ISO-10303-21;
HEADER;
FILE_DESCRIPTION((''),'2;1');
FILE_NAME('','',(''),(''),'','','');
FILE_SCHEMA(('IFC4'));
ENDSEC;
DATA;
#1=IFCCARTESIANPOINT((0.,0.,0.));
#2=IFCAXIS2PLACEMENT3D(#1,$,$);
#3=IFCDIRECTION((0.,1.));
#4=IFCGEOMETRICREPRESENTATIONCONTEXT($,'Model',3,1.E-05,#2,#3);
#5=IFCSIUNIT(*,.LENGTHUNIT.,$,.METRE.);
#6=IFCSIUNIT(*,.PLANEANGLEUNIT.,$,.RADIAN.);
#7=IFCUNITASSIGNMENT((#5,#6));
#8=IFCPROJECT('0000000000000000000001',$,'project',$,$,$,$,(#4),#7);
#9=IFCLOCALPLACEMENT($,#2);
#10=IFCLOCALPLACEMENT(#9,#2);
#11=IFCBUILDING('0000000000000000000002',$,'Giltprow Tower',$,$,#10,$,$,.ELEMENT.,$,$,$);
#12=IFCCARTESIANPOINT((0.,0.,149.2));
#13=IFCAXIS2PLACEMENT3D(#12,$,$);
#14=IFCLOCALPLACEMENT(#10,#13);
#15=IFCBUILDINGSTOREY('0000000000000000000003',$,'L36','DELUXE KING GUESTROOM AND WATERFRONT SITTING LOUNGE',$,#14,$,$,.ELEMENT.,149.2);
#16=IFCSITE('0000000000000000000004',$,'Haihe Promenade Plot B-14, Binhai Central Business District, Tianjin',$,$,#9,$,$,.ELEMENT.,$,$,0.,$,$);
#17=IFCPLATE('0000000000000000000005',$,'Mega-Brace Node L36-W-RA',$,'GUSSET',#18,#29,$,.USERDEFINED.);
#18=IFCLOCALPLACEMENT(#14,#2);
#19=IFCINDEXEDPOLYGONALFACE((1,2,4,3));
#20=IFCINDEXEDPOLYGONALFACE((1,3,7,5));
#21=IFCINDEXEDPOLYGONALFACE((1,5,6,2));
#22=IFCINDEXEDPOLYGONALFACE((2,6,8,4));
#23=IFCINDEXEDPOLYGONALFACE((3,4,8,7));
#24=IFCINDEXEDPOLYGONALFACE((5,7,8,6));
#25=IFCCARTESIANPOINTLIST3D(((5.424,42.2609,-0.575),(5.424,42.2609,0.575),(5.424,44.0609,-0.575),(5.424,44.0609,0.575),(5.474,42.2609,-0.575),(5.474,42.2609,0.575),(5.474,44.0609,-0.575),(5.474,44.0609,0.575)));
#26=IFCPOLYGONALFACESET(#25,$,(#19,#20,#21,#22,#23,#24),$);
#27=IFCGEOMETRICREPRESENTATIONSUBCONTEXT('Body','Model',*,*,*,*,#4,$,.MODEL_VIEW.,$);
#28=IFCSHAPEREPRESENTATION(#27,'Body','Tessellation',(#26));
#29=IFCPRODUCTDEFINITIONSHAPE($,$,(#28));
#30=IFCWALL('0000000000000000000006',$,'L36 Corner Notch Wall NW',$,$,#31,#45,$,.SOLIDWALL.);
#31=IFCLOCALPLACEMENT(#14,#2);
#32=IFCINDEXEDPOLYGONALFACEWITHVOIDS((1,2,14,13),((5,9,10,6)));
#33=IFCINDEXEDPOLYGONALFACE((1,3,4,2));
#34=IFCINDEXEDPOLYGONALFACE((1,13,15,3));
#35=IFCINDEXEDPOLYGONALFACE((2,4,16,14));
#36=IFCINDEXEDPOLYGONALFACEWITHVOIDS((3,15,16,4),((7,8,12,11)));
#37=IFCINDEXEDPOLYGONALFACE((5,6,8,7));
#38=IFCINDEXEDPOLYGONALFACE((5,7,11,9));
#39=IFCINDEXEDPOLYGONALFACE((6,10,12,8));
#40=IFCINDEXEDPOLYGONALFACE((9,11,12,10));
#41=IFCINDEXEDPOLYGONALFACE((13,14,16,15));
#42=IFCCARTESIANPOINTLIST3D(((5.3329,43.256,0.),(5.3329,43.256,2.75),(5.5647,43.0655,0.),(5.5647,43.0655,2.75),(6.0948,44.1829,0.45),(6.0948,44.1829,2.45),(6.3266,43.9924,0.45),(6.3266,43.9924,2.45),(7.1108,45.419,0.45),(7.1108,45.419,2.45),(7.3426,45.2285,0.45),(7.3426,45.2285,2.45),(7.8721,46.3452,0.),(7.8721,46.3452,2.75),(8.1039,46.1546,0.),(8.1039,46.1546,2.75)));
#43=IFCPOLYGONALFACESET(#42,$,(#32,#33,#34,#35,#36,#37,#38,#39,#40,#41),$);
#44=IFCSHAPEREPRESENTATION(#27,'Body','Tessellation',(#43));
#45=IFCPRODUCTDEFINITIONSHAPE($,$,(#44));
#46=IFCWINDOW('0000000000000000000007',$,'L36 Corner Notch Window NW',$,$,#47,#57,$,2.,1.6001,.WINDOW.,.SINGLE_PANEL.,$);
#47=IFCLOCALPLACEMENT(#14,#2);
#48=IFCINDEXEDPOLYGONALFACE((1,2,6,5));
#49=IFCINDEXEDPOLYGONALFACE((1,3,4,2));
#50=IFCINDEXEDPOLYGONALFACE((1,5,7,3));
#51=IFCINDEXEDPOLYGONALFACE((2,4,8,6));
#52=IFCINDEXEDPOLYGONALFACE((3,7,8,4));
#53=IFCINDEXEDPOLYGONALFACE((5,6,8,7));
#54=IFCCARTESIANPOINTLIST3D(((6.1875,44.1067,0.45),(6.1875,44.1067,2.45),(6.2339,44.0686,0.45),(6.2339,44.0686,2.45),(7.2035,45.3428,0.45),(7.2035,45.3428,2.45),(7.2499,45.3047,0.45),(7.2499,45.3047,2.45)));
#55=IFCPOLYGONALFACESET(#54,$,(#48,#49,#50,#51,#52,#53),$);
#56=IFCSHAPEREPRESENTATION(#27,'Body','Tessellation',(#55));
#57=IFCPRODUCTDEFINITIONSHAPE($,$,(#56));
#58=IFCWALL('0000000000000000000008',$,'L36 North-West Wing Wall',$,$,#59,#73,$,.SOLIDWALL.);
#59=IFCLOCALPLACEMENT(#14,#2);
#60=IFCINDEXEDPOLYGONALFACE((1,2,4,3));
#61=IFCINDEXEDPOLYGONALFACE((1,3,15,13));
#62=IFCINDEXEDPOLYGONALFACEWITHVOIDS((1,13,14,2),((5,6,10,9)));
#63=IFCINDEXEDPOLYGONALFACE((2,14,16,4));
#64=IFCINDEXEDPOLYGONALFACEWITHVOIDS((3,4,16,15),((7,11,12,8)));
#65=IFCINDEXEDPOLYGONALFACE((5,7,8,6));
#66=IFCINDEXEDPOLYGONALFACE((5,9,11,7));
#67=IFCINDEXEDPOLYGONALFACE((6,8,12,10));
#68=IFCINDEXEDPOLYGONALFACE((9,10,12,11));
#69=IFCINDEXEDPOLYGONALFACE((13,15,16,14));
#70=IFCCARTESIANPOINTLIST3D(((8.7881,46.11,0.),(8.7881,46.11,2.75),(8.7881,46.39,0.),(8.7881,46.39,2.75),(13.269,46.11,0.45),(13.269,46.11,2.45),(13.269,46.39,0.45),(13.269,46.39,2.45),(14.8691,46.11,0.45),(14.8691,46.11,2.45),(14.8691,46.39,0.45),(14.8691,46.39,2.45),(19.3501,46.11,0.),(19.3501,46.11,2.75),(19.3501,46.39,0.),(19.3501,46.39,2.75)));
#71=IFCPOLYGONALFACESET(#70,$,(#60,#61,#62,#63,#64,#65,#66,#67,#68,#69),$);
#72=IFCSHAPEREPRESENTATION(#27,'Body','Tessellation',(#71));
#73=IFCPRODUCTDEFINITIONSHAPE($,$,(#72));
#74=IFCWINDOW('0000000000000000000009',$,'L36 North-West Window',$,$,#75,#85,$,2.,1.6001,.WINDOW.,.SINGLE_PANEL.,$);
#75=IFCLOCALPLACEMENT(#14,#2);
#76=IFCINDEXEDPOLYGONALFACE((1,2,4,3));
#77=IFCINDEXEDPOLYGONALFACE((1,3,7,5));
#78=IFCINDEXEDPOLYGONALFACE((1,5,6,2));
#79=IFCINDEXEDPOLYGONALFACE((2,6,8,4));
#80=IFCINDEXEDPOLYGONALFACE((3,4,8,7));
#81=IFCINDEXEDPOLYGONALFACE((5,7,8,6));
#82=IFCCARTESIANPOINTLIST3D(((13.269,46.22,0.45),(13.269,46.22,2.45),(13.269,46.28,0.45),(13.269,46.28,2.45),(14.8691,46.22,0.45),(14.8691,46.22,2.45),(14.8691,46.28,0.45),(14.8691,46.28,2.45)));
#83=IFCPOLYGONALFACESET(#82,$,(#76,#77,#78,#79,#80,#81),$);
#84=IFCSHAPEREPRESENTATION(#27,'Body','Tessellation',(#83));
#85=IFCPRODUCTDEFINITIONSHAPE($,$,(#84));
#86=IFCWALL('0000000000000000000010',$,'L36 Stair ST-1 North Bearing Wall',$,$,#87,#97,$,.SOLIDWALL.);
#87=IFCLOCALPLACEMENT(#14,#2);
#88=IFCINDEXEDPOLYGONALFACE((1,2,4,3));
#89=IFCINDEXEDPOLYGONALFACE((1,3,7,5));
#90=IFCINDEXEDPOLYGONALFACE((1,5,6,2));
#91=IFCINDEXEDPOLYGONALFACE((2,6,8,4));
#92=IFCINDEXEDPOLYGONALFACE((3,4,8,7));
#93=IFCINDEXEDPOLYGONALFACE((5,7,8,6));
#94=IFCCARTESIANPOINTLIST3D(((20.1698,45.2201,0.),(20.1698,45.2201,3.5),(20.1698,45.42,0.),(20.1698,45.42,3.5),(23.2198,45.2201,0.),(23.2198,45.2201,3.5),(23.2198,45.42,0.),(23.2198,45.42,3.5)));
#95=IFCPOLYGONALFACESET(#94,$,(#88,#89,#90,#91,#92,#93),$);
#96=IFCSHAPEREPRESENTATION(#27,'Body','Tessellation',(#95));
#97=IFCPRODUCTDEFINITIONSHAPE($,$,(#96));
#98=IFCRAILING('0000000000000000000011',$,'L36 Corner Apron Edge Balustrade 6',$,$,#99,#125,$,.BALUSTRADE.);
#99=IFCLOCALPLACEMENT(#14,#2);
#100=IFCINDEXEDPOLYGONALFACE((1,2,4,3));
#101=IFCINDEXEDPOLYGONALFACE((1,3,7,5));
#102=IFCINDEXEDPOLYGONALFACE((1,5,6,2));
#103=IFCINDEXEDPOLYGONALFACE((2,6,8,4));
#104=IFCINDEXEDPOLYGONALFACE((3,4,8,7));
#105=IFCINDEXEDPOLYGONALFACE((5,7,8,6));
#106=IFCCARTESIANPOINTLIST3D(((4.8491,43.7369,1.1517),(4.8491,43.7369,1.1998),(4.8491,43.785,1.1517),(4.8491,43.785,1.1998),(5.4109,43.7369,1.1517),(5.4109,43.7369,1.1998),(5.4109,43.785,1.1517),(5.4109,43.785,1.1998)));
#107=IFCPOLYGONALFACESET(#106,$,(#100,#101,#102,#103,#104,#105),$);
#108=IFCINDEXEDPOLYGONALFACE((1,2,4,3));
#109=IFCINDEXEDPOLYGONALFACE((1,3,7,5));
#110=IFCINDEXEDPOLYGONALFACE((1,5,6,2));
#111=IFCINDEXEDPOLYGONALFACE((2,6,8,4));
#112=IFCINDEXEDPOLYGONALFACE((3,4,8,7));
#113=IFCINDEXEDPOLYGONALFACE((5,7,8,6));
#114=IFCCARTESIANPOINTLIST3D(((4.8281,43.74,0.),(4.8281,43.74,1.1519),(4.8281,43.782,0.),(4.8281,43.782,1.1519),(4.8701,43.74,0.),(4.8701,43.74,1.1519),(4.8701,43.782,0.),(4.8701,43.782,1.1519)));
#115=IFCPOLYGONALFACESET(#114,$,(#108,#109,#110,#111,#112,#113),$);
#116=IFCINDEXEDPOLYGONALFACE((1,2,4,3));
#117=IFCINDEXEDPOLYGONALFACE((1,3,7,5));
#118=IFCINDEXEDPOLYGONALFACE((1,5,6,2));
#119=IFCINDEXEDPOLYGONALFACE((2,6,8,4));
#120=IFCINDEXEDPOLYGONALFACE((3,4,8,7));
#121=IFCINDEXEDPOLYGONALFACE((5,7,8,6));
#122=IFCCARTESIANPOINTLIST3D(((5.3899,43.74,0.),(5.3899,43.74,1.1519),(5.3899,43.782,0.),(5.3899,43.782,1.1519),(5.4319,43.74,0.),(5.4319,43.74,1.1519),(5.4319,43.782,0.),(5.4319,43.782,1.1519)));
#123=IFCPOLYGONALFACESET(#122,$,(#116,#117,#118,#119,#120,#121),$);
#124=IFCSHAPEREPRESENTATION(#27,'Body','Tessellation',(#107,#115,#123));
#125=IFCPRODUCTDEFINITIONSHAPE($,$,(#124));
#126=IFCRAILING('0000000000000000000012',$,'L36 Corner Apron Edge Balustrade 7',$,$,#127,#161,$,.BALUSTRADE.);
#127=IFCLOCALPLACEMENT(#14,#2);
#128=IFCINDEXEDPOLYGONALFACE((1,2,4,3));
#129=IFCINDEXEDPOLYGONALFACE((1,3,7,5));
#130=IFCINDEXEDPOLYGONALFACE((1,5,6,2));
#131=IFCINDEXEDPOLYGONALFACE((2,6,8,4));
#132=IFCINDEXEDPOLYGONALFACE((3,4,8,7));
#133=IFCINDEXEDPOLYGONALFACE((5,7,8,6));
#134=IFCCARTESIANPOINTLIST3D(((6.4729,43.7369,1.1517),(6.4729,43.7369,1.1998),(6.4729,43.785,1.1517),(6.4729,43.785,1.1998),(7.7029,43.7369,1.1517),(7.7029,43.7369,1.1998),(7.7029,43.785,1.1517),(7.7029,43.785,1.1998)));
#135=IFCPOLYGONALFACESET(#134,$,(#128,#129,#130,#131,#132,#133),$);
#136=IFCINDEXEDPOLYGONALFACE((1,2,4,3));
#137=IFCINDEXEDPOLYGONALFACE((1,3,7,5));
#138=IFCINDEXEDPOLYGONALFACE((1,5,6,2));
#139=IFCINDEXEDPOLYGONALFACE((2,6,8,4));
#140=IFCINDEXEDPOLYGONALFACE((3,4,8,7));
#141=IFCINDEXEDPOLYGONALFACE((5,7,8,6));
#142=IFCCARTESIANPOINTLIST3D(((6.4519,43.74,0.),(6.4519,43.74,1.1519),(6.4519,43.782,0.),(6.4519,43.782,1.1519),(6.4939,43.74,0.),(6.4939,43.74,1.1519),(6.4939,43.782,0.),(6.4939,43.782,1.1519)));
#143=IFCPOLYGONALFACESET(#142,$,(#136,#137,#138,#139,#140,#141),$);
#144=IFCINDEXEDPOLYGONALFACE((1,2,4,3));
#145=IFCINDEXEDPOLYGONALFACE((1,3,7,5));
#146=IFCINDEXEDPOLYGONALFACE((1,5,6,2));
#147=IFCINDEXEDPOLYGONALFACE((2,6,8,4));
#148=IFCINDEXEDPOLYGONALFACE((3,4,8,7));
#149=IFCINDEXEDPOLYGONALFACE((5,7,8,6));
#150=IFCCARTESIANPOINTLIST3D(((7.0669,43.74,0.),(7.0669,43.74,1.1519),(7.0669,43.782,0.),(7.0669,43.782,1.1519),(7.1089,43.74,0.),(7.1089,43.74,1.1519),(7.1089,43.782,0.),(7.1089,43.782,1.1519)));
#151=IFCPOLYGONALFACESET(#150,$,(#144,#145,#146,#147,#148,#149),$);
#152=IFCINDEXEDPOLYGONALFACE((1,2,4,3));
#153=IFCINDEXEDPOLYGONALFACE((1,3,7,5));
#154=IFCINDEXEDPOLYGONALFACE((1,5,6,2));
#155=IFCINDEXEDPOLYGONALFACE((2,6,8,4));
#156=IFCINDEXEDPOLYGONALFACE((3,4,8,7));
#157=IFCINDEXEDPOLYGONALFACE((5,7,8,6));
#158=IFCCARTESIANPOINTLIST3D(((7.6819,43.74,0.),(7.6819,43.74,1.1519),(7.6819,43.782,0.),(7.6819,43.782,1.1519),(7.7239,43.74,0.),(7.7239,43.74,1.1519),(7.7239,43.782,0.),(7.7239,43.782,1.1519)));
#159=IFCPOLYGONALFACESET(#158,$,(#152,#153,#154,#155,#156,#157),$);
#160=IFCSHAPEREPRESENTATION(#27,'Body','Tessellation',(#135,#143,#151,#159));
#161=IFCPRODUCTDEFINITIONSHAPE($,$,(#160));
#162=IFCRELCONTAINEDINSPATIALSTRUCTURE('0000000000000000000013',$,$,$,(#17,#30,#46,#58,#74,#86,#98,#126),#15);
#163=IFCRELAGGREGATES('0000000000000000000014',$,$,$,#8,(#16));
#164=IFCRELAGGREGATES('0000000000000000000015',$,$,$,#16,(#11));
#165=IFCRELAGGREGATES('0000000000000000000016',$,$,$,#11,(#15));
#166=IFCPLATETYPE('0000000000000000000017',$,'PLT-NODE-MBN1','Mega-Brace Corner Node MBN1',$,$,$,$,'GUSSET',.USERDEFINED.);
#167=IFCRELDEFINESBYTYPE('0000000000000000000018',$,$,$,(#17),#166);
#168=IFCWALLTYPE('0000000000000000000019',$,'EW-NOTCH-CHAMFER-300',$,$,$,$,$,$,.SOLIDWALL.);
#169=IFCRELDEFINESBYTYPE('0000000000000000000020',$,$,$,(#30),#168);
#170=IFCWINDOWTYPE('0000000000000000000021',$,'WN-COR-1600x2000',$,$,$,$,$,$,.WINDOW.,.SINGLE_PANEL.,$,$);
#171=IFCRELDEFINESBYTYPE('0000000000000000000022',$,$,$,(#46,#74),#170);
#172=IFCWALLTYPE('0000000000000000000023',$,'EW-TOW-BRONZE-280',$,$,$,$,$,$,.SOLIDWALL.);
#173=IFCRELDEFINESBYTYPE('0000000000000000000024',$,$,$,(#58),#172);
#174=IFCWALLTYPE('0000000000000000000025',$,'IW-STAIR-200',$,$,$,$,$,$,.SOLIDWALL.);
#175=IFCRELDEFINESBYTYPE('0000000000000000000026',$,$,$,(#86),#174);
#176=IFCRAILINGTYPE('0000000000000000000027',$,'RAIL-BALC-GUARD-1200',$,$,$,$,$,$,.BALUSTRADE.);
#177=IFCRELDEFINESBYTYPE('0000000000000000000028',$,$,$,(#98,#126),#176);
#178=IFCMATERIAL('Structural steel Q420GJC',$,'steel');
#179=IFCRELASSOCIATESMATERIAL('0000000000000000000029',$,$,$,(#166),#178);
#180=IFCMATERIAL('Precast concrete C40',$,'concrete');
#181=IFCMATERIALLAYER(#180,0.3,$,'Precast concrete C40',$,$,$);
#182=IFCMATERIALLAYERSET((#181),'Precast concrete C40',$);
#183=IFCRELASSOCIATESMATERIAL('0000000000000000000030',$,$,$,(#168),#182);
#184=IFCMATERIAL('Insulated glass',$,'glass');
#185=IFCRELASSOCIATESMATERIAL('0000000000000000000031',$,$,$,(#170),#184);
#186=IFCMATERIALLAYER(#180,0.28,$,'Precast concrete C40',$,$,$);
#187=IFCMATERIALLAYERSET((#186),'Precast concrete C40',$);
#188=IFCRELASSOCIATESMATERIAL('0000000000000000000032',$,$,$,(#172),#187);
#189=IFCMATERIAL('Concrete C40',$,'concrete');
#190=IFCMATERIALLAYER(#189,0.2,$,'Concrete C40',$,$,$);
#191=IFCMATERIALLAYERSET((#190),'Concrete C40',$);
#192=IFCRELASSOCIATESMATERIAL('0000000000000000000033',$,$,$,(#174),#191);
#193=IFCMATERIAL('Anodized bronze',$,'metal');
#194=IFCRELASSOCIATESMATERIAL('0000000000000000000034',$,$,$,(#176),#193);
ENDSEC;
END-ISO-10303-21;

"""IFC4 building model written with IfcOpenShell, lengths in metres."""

from ifc_helpers import new_model, si_unit, direction, frame, frame_2d, origin, origin_2d, place, context, subcontext, project, spatial, rectangle, extrude, source, transform, mapped, material, layer, layer_set, type_object, element, fill, save


model = new_model("IFC4")

# Units and contexts
model_context = context("Model", 3, precision=1e-05, world=origin(), true_north=direction((0.0, 1.0)))
body_context = subcontext(model_context, "Body", "Model", "MODEL_VIEW")
ifc_project = project(units=[si_unit("LENGTHUNIT", "METRE"), si_unit("PLANEANGLEUNIT", "RADIAN")], contexts=[model_context])

# Site, building, storey
site_placement = place(None, origin())
site = spatial("IfcSite", under=ifc_project, at=site_placement, Name="Haihe Promenade Plot B-14, Binhai Central Business District, Tianjin", CompositionType="ELEMENT", RefElevation=0.0)
building_placement = place(site_placement, origin())
building = spatial("IfcBuilding", under=site, at=building_placement, Name="Giltprow Tower", CompositionType="ELEMENT")
storey_placement = place(building_placement, frame((0.0, 0.0, 149.2)))
storey = spatial("IfcBuildingStorey", under=building, at=storey_placement, Name="L36", Description="DELUXE KING GUESTROOM AND WATERFRONT SITTING LOUNGE", CompositionType="ELEMENT", Elevation=149.2)

# Shared definitions
ifc_material_1 = material(Name="Structural steel Q420GJC", Category="steel")

# Plate
plate_type = type_object("IfcPlateType", Name="PLT-NODE-MBN1", Description="Mega-Brace Corner Node MBN1", ElementType="GUSSET", PredefinedType="USERDEFINED", material=ifc_material_1)
shared_shape_1 = source(origin(), body_context, "Body", "SweptSolid", [
    extrude(rectangle(XDim=1.8, YDim=0.05, at=origin_2d()), origin(), (0.0, 0.0, 1.0), 1.1499),
])
for number, where, z_axis, x_axis, name in (
    (1, (5.449, 43.1609, -0.575), (0.0, 0.0, 1.0), (0.0, 1.0, 0.0), "Mega-Brace Node L36-W-RA"),
):
    element("IfcPlate", number, at=place(storey_placement, frame(where, z_axis=z_axis, x_axis=x_axis)), inside=storey, type_object=plate_type, Name=name, ObjectType="GUSSET", PredefinedType="USERDEFINED", context=body_context, shape_type="MappedRepresentation", body=[
        mapped(shared_shape_1, transform((0.0, 0.0, 0.0), x_axis=(1.0, 0.0, 0.0), y_axis=(0.0, 1.0, 0.0), z_axis=(0.0, 0.0, 1.0), scale=1.0)),
    ])

# Walls, openings, windows
ifc_material_2 = material(Name="Precast concrete C40", Category="concrete")
ifc_layer_1 = layer(ifc_material_2, 0.3, Name="Precast concrete C40")
ifc_layer_set_1 = layer_set([ifc_layer_1], Name="Precast concrete C40")
wall_type_1 = type_object("IfcWallType", Name="EW-NOTCH-CHAMFER-300", PredefinedType="SOLIDWALL", material=ifc_layer_set_1)
wall_1_placement = place(storey_placement, frame((7.988, 46.25, 0.0), z_axis=(0.0, 0.0, 1.0), x_axis=(-0.634975, -0.772533, 0.0)))
wall_1 = element("IfcWall", 2, at=wall_1_placement, inside=storey, type_object=wall_type_1, Name="L36 Corner Notch Wall NW", PredefinedType="SOLIDWALL", context=body_context, shape_type="SweptSolid", body=[
    extrude(rectangle(XDim=3.9988, YDim=0.3, at=frame_2d((1.9995, 0.0))), origin(), (0.0, 0.0, 1.0), 2.75),
])
opening_1_placement = place(wall_1_placement, frame((1.199, 0.0, 0.45)))
opening_1 = element("IfcOpeningElement", 3, at=opening_1_placement, cuts=wall_1, PredefinedType="OPENING", context=body_context, shape_type="SweptSolid", body=[
    extrude(rectangle(XDim=1.6001, YDim=2.0, at=frame_2d((0.8, 1.0))), frame((0.0, 0.1599, 0.0), z_axis=(0.0, -1.0, 0.0), x_axis=(1.0, 0.0, 0.0)), (0.0, 0.0, 1.0), 0.3201),
])
ifc_material_3 = material(Name="Insulated glass", Category="glass")
window_type = type_object("IfcWindowType", Name="WN-COR-1600x2000", PartitioningType="SINGLE_PANEL", PredefinedType="WINDOW", material=ifc_material_3)
shared_shape_2 = source(origin(), body_context, "Body", "SweptSolid", [
    extrude(rectangle(XDim=1.6001, YDim=2.0, at=frame_2d((0.8, 1.0))), frame((0.0, 0.03, 0.0), z_axis=(0.0, -1.0, 0.0), x_axis=(1.0, 0.0, 0.0)), (0.0, 0.0, 1.0), 0.0601),
])
window_1_placement = place(opening_1_placement, origin())
window_1 = element("IfcWindow", 4, at=window_1_placement, inside=storey, type_object=window_type, Name="L36 Corner Notch Window NW", OverallHeight=2.0, OverallWidth=1.6001, PartitioningType="SINGLE_PANEL", PredefinedType="WINDOW", context=body_context, shape_type="MappedRepresentation", body=[
    mapped(shared_shape_2, transform((0.0, 0.0, 0.0), x_axis=(1.0, 0.0, 0.0), y_axis=(0.0, 1.0, 0.0), z_axis=(0.0, 0.0, 1.0), scale=1.0)),
])
fill(opening_1, window_1)
ifc_layer_2 = layer(ifc_material_2, 0.28, Name="Precast concrete C40")
ifc_layer_set_2 = layer_set([ifc_layer_2], Name="Precast concrete C40")
wall_type_2 = type_object("IfcWallType", Name="EW-TOW-BRONZE-280", PredefinedType="SOLIDWALL", material=ifc_layer_set_2)
wall_2_placement = place(storey_placement, frame((8.7881, 46.25, 0.0), z_axis=(0.0, 0.0, 1.0), x_axis=(1.0, 0.0, 0.0)))
wall_2 = element("IfcWall", 5, at=wall_2_placement, inside=storey, type_object=wall_type_2, Name="L36 North-West Wing Wall", PredefinedType="SOLIDWALL", context=body_context, shape_type="SweptSolid", body=[
    extrude(rectangle(XDim=10.562, YDim=0.28, at=frame_2d((5.281, 0.0))), origin(), (0.0, 0.0, 1.0), 2.75),
])
opening_2_placement = place(wall_2_placement, frame((4.481, 0.0, 0.45)))
opening_2 = element("IfcOpeningElement", 6, at=opening_2_placement, cuts=wall_2, PredefinedType="OPENING", context=body_context, shape_type="SweptSolid", body=[
    extrude(rectangle(XDim=1.6001, YDim=2.0, at=frame_2d((0.8, 1.0))), frame((0.0, 0.1499, 0.0), z_axis=(0.0, -1.0, 0.0), x_axis=(1.0, 0.0, 0.0)), (0.0, 0.0, 1.0), 0.3),
])
window_2_placement = place(opening_2_placement, origin())
window_2 = element("IfcWindow", 7, at=window_2_placement, inside=storey, type_object=window_type, Name="L36 North-West Window", OverallHeight=2.0, OverallWidth=1.6001, PartitioningType="SINGLE_PANEL", PredefinedType="WINDOW", context=body_context, shape_type="MappedRepresentation", body=[
    mapped(shared_shape_2, transform((0.0, 0.0, 0.0), x_axis=(1.0, 0.0, 0.0), y_axis=(0.0, 1.0, 0.0), z_axis=(0.0, 0.0, 1.0), scale=1.0)),
])
fill(opening_2, window_2)

# Wall
ifc_material_4 = material(Name="Concrete C40", Category="concrete")
ifc_layer_3 = layer(ifc_material_4, 0.2, Name="Concrete C40")
ifc_layer_set_3 = layer_set([ifc_layer_3], Name="Concrete C40")
wall_type_3 = type_object("IfcWallType", Name="IW-STAIR-200", PredefinedType="SOLIDWALL", material=ifc_layer_set_3)
wall_3_placement = place(storey_placement, frame((20.1699, 45.3201, 0.0), z_axis=(0.0, 0.0, 1.0), x_axis=(1.0, 0.0, 0.0)))
element("IfcWall", 8, at=wall_3_placement, inside=storey, type_object=wall_type_3, Name="L36 Stair ST-1 North Bearing Wall", PredefinedType="SOLIDWALL", context=body_context, shape_type="SweptSolid", body=[
    extrude(rectangle(XDim=3.05, YDim=0.2, at=frame_2d((1.5249, 0.0))), origin(), (0.0, 0.0, 1.0), 3.5),
])

# Railings
ifc_material_5 = material(Name="Anodized bronze", Category="metal")
railing_type_1 = type_object("IfcRailingType", Name="RAIL-BALC-GUARD-1200", PredefinedType="BALUSTRADE", material=ifc_material_5)
railing_1_placement = place(storey_placement, frame((4.8491, 43.761, 0.0)))
element("IfcRailing", 9, at=railing_1_placement, inside=storey, type_object=railing_type_1, Name="L36 Corner Apron Edge Balustrade 6", PredefinedType="BALUSTRADE", context=body_context, shape_type="SweptSolid", body=[
    extrude(rectangle(XDim=0.0481, YDim=0.0481, at=origin_2d()), frame((0.0, 0.0, 1.1758), z_axis=(1.0, 0.0, 0.0), x_axis=(0.0, 1.0, 0.0)), (0.0, 0.0, 1.0), 0.5618),
    extrude(rectangle(XDim=0.042, YDim=0.042, at=origin_2d()), origin(), (0.0, 0.0, 1.0), 1.1519),
    extrude(rectangle(XDim=0.042, YDim=0.042, at=origin_2d()), frame((0.5618, 0.0, 0.0)), (0.0, 0.0, 1.0), 1.1519),
])
railing_2_placement = place(storey_placement, frame((6.4729, 43.761, 0.0)))
element("IfcRailing", 10, at=railing_2_placement, inside=storey, type_object=railing_type_1, Name="L36 Corner Apron Edge Balustrade 7", PredefinedType="BALUSTRADE", context=body_context, shape_type="SweptSolid", body=[
    extrude(rectangle(XDim=0.0481, YDim=0.0481, at=origin_2d()), frame((0.0, 0.0, 1.1758), z_axis=(1.0, 0.0, 0.0), x_axis=(0.0, 1.0, 0.0)), (0.0, 0.0, 1.0), 1.23),
    extrude(rectangle(XDim=0.042, YDim=0.042, at=origin_2d()), origin(), (0.0, 0.0, 1.0), 1.1519),
    extrude(rectangle(XDim=0.042, YDim=0.042, at=origin_2d()), frame((0.615, 0.0, 0.0)), (0.0, 0.0, 1.0), 1.1519),
    extrude(rectangle(XDim=0.042, YDim=0.042, at=origin_2d()), frame((1.23, 0.0, 0.0)), (0.0, 0.0, 1.0), 1.1519),
])

save(model, "model.ifc")
